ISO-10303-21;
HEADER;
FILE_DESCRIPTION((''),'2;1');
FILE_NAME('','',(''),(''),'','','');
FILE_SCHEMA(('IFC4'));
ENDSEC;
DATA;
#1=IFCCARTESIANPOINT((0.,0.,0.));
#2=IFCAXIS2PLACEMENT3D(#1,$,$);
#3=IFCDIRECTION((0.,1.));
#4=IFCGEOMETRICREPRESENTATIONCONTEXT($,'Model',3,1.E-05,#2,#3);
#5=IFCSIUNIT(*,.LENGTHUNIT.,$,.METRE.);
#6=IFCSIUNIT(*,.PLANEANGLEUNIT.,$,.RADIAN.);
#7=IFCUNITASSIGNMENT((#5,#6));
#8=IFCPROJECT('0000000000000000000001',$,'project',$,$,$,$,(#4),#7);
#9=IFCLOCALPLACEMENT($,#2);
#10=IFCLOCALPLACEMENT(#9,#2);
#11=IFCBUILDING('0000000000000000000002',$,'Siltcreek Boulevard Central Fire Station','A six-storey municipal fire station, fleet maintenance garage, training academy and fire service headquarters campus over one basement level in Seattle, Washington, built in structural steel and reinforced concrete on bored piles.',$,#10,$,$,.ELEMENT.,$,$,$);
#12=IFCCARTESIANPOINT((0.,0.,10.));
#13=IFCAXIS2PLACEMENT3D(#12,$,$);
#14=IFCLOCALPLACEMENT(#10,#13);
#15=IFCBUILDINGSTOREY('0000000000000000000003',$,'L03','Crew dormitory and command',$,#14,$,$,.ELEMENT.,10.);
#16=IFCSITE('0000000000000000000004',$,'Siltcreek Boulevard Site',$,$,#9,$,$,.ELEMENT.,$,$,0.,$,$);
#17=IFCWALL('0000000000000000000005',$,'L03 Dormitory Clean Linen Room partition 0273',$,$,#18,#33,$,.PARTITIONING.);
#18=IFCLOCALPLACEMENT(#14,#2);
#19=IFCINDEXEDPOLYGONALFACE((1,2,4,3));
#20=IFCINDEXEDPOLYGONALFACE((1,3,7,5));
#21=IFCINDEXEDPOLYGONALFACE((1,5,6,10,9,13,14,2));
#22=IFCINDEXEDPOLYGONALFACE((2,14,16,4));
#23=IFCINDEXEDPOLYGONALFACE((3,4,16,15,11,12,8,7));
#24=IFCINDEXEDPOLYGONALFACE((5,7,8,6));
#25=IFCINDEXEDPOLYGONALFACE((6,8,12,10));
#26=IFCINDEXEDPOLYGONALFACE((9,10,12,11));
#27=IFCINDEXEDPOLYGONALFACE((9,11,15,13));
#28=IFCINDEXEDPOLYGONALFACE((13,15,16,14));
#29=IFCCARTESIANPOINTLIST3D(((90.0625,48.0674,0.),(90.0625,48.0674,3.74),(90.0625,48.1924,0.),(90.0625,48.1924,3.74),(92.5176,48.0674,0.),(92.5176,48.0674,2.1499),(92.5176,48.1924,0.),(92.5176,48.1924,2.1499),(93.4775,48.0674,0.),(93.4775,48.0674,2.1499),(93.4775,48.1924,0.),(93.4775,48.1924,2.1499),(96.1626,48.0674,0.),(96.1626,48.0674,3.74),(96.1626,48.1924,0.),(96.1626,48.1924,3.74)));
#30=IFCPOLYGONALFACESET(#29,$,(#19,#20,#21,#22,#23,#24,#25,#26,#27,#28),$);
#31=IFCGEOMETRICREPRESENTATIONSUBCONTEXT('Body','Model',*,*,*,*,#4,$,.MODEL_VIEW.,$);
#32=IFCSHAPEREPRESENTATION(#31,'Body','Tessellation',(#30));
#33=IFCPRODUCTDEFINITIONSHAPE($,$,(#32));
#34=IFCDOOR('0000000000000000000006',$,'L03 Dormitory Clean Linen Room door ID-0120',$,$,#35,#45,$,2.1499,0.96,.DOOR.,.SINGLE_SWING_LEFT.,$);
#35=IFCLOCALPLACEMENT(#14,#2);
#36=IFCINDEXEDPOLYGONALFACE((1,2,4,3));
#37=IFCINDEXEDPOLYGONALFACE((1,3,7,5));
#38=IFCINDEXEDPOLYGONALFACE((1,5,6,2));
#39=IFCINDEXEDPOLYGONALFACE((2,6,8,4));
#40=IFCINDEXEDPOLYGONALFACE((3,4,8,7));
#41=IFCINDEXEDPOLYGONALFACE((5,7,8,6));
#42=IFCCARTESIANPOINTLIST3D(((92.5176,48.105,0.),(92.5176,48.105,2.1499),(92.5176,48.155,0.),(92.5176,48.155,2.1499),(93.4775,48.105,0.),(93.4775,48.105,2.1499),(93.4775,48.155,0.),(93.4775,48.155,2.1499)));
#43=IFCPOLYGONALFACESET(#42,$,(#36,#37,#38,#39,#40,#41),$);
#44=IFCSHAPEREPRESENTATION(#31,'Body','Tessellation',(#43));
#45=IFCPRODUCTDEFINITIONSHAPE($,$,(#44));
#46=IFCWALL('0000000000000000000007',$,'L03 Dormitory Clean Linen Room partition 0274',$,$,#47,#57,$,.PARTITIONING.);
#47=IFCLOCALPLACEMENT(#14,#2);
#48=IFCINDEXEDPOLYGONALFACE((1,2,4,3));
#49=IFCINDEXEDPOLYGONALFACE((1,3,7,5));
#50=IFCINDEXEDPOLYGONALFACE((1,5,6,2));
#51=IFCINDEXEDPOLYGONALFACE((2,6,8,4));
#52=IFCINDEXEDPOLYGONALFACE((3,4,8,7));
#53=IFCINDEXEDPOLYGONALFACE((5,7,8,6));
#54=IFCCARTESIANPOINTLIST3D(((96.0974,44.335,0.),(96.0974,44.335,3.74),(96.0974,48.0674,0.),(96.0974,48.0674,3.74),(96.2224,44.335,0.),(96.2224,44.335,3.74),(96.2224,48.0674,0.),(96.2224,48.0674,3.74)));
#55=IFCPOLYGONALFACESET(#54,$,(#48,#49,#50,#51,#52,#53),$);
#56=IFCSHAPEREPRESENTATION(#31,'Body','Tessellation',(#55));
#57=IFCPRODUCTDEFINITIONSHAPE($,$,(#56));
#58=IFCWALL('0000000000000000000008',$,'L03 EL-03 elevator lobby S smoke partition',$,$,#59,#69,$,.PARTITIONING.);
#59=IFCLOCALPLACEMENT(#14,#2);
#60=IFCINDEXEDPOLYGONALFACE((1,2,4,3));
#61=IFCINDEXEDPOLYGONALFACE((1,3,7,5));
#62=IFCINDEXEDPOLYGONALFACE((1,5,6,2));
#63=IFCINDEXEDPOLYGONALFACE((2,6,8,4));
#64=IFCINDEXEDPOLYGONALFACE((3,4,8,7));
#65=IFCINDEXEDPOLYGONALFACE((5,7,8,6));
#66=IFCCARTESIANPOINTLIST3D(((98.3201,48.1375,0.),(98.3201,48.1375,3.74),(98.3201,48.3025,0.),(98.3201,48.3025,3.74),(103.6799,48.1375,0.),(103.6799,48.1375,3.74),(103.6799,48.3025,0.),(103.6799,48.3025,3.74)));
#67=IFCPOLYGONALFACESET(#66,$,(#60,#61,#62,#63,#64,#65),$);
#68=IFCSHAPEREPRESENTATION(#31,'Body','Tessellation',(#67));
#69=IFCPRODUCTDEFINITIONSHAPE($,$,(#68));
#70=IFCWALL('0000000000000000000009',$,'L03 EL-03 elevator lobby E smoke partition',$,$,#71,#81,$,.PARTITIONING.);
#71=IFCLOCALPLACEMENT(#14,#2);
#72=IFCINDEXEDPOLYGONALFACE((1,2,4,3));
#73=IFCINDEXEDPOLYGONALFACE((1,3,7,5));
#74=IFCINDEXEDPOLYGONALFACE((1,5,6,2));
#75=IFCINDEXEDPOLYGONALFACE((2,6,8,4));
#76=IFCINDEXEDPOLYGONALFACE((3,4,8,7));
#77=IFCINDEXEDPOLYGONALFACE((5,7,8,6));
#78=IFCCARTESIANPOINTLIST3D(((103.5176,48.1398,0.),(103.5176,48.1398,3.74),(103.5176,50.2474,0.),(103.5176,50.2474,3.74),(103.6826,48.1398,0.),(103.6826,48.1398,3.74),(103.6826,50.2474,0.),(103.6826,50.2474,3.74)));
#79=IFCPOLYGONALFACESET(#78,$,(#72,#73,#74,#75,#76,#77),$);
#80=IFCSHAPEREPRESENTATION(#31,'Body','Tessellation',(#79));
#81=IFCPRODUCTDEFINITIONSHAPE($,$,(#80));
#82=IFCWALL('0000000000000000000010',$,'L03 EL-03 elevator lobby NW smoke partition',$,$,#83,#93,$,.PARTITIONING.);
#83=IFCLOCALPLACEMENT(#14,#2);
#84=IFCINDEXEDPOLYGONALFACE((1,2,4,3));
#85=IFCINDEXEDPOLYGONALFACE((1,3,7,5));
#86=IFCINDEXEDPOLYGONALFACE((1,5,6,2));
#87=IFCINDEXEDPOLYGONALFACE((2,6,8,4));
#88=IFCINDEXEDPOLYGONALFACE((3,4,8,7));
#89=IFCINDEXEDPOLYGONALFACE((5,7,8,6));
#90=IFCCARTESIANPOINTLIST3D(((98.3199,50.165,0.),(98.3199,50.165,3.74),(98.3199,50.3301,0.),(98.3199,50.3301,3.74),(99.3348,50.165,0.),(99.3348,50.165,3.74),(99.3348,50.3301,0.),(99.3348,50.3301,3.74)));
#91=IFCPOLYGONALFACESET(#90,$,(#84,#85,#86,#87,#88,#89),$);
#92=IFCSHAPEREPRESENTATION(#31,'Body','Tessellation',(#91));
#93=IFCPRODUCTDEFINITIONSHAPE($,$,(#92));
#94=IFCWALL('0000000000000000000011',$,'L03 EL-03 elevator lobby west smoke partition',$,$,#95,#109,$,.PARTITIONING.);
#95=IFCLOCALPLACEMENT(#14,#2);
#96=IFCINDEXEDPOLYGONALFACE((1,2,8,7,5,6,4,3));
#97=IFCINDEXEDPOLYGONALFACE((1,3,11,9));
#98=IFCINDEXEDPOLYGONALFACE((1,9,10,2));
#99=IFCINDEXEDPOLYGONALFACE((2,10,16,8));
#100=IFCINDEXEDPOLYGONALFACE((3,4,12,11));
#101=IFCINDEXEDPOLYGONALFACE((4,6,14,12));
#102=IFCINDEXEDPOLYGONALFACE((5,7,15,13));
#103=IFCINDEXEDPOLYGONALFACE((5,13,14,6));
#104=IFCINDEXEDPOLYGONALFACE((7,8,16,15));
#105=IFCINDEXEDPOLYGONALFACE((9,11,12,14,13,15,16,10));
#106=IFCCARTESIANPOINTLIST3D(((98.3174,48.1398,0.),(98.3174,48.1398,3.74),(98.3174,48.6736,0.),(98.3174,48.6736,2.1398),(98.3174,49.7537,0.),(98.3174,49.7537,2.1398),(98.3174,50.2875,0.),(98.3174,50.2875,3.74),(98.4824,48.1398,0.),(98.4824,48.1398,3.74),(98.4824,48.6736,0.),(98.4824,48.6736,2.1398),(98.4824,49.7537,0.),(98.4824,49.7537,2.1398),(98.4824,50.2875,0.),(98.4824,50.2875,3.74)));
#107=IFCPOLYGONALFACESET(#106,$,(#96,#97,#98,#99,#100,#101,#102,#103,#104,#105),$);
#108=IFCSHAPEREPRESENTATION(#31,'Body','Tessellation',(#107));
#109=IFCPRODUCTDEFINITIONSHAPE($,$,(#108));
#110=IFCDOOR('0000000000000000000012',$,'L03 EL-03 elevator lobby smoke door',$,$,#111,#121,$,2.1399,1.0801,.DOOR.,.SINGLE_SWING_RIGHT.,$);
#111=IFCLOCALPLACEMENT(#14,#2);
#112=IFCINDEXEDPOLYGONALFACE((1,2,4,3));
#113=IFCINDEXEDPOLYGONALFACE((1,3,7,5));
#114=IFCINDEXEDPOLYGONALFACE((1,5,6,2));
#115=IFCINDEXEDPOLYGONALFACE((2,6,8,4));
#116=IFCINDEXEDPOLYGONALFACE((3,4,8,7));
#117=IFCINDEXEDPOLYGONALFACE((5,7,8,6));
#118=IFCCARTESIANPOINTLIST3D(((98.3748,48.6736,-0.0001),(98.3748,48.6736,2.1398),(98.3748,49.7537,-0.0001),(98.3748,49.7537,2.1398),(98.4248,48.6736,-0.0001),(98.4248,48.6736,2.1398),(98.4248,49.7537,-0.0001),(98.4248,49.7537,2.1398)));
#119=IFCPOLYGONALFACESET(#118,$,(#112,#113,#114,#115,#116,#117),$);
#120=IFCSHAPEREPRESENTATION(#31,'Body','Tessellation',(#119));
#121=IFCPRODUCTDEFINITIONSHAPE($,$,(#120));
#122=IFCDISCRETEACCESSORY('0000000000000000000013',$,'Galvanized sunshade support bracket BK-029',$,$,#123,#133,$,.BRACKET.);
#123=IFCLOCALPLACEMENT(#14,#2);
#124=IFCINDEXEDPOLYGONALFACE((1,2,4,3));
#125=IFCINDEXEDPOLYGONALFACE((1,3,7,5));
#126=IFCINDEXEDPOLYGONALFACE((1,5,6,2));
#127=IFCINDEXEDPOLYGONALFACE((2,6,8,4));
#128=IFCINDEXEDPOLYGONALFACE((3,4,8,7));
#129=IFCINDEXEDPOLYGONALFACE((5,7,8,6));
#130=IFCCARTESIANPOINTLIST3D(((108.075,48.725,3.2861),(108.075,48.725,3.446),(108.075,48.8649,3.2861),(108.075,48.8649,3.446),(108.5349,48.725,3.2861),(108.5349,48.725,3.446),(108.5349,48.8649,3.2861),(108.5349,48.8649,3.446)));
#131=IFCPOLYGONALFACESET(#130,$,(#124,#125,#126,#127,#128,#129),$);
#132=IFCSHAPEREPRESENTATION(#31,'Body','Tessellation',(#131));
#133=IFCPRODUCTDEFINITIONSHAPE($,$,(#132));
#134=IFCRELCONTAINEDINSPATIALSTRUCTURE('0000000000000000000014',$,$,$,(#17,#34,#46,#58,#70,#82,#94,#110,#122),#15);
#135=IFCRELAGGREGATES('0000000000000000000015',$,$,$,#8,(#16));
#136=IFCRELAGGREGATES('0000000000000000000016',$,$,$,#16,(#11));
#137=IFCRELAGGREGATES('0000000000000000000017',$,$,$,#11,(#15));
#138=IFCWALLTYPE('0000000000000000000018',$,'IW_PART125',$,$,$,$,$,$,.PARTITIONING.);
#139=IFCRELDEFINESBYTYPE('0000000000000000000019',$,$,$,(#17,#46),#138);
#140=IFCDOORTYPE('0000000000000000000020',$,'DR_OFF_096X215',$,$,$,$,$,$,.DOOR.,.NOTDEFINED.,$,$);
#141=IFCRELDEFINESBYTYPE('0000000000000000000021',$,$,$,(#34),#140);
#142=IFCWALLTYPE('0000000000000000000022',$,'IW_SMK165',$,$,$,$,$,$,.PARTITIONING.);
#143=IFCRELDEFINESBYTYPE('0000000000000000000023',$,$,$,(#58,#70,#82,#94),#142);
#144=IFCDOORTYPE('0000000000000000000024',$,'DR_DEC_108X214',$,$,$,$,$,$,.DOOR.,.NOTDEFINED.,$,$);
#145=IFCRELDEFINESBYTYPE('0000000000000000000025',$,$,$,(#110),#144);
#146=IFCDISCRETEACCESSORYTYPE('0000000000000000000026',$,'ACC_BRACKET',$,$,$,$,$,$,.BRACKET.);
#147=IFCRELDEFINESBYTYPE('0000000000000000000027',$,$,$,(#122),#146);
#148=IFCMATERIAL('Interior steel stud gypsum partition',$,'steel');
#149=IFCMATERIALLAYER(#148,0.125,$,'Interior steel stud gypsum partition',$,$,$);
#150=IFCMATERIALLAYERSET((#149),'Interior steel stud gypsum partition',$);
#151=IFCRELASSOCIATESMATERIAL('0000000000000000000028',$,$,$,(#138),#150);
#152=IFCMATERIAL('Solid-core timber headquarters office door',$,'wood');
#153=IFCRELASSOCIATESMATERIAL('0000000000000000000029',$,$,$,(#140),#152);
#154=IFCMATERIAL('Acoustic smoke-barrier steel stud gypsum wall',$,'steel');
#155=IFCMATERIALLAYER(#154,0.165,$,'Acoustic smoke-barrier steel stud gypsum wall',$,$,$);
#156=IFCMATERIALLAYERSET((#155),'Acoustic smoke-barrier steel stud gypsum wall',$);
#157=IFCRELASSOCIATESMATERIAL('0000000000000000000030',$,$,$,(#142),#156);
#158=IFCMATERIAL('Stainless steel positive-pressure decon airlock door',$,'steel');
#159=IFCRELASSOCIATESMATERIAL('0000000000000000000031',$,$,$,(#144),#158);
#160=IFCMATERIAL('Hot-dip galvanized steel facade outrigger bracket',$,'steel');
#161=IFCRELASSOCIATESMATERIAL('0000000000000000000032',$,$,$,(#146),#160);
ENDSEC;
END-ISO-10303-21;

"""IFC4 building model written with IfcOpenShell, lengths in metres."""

from ifc_helpers import new_model, si_unit, direction, frame, frame_2d, origin, origin_2d, place, context, subcontext, project, spatial, rectangle, extrude, material, layer, layer_set, type_object, element, fill, save


model = new_model("IFC4")

# Units and contexts
model_context = context("Model", 3, precision=1e-05, world=origin(), true_north=direction((0.0, 1.0)))
body_context = subcontext(model_context, "Body", "Model", "MODEL_VIEW")
ifc_project = project(units=[si_unit("LENGTHUNIT", "METRE"), si_unit("PLANEANGLEUNIT", "RADIAN")], contexts=[model_context])

# Site, building, storey
site_placement = place(None, origin())
site = spatial("IfcSite", under=ifc_project, at=site_placement, Name="Siltcreek Boulevard Site", CompositionType="ELEMENT", RefElevation=0.0)
building_placement = place(site_placement, origin())
building = spatial("IfcBuilding", under=site, at=building_placement, Name="Siltcreek Boulevard Central Fire Station", Description="A six-storey municipal fire station, fleet maintenance garage, training academy and fire service headquarters campus over one basement level in Seattle, Washington, built in structural steel and reinforced concrete on bored piles.", CompositionType="ELEMENT")
storey_placement = place(building_placement, frame((0.0, 0.0, 10.0)))
storey = spatial("IfcBuildingStorey", under=building, at=storey_placement, Name="L03", Description="Crew dormitory and command", CompositionType="ELEMENT", Elevation=10.0)

# Wall, opening, door
ifc_material_1 = material(Name="Interior steel stud gypsum partition", Category="steel")
ifc_layer_1 = layer(ifc_material_1, 0.125, Name="Interior steel stud gypsum partition")
ifc_layer_set_1 = layer_set([ifc_layer_1], Name="Interior steel stud gypsum partition")
wall_type_1 = type_object("IfcWallType", Name="IW_PART125", PredefinedType="PARTITIONING", material=ifc_layer_set_1)
wall_1_placement = place(storey_placement, frame((90.0625, 48.1299, 0.0), z_axis=(0.0, 0.0, 1.0), x_axis=(1.0, 0.0, 0.0)))
wall_1 = element("IfcWall", 1, at=wall_1_placement, inside=storey, type_object=wall_type_1, Name="L03 Dormitory Clean Linen Room partition 0273", PredefinedType="PARTITIONING", context=body_context, shape_type="SweptSolid", body=[
    extrude(rectangle(XDim=6.1001, YDim=0.125, at=frame_2d((3.05, 0.0))), origin(), (0.0, 0.0, 1.0), 3.74),
])
opening_1_placement = place(wall_1_placement, frame((2.4551, 0.0, 0.0)))
opening_1 = element("IfcOpeningElement", 2, at=opening_1_placement, cuts=wall_1, PredefinedType="OPENING", context=body_context, shape_type="SweptSolid", body=[
    extrude(rectangle(XDim=0.96, YDim=2.1499, at=frame_2d((0.48, 1.075))), frame((0.0, 0.0725, 0.0), z_axis=(0.0, -1.0, 0.0), x_axis=(1.0, 0.0, 0.0)), (0.0, 0.0, 1.0), 0.145),
])
ifc_material_2 = material(Name="Solid-core timber headquarters office door", Category="wood")
door_type_1 = type_object("IfcDoorType", Name="DR_OFF_096X215", OperationType="NOTDEFINED", PredefinedType="DOOR", material=ifc_material_2)
door_1_placement = place(opening_1_placement, frame((0.96, 0.0, 0.0), z_axis=(0.0, 0.0, 1.0), x_axis=(-1.0, 0.0, 0.0)))
door_1 = element("IfcDoor", 3, at=door_1_placement, inside=storey, type_object=door_type_1, Name="L03 Dormitory Clean Linen Room door ID-0120", OperationType="SINGLE_SWING_LEFT", OverallHeight=2.1499, OverallWidth=0.96, PredefinedType="DOOR", context=body_context, shape_type="SweptSolid", body=[
    extrude(rectangle(XDim=0.96, YDim=2.1499, at=frame_2d((0.48, 1.075))), frame((0.0, 0.0249, 0.0), z_axis=(0.0, -1.0, 0.0), x_axis=(1.0, 0.0, 0.0)), (0.0, 0.0, 1.0), 0.05),
])
fill(opening_1, door_1)

# Walls
wall_2_placement = place(storey_placement, frame((96.1599, 48.0674, 0.0), z_axis=(0.0, 0.0, 1.0), x_axis=(0.0, -1.0, 0.0)))
element("IfcWall", 4, at=wall_2_placement, inside=storey, type_object=wall_type_1, Name="L03 Dormitory Clean Linen Room partition 0274", PredefinedType="PARTITIONING", context=body_context, shape_type="SweptSolid", body=[
    extrude(rectangle(XDim=3.7324, YDim=0.125, at=frame_2d((1.8662, 0.0))), origin(), (0.0, 0.0, 1.0), 3.74),
])
ifc_material_3 = material(Name="Acoustic smoke-barrier steel stud gypsum wall", Category="steel")
ifc_layer_2 = layer(ifc_material_3, 0.165, Name="Acoustic smoke-barrier steel stud gypsum wall")
ifc_layer_set_2 = layer_set([ifc_layer_2], Name="Acoustic smoke-barrier steel stud gypsum wall")
wall_type_2 = type_object("IfcWallType", Name="IW_SMK165", PredefinedType="PARTITIONING", material=ifc_layer_set_2)
wall_3_placement = place(storey_placement, frame((98.3201, 48.22, 0.0), z_axis=(0.0, 0.0, 1.0), x_axis=(1.0, 0.0, 0.0)))
element("IfcWall", 5, at=wall_3_placement, inside=storey, type_object=wall_type_2, Name="L03 EL-03 elevator lobby S smoke partition", PredefinedType="PARTITIONING", context=body_context, shape_type="SweptSolid", body=[
    extrude(rectangle(XDim=5.3599, YDim=0.165, at=frame_2d((2.6799, 0.0))), origin(), (0.0, 0.0, 1.0), 3.74),
])
wall_4_placement = place(storey_placement, frame((103.6001, 48.1399, 0.0), z_axis=(0.0, 0.0, 1.0), x_axis=(0.0, 1.0, 0.0)))
element("IfcWall", 6, at=wall_4_placement, inside=storey, type_object=wall_type_2, Name="L03 EL-03 elevator lobby E smoke partition", PredefinedType="PARTITIONING", context=body_context, shape_type="SweptSolid", body=[
    extrude(rectangle(XDim=2.1077, YDim=0.165, at=frame_2d((1.0537, 0.0))), origin(), (0.0, 0.0, 1.0), 3.74),
])
wall_5_placement = place(storey_placement, frame((98.3201, 50.2476, 0.0), z_axis=(0.0, 0.0, 1.0), x_axis=(1.0, 0.0, 0.0)))
element("IfcWall", 7, at=wall_5_placement, inside=storey, type_object=wall_type_2, Name="L03 EL-03 elevator lobby NW smoke partition", PredefinedType="PARTITIONING", context=body_context, shape_type="SweptSolid", body=[
    extrude(rectangle(XDim=1.0149, YDim=0.165, at=frame_2d((0.5073, 0.0))), origin(), (0.0, 0.0, 1.0), 3.74),
])

# Wall, opening, door
wall_6_placement = place(storey_placement, frame((98.3999, 48.1399, 0.0), z_axis=(0.0, 0.0, 1.0), x_axis=(0.0, 1.0, 0.0)))
wall_6 = element("IfcWall", 8, at=wall_6_placement, inside=storey, type_object=wall_type_2, Name="L03 EL-03 elevator lobby west smoke partition", PredefinedType="PARTITIONING", context=body_context, shape_type="SweptSolid", body=[
    extrude(rectangle(XDim=2.1477, YDim=0.165, at=frame_2d((1.0737, 0.0))), origin(), (0.0, 0.0, 1.0), 3.74),
])
opening_2_placement = place(wall_6_placement, frame((0.5337, 0.0, 0.0)))
opening_2 = element("IfcOpeningElement", 9, at=opening_2_placement, cuts=wall_6, PredefinedType="OPENING", context=body_context, shape_type="SweptSolid", body=[
    extrude(rectangle(XDim=1.0801, YDim=2.1399, at=frame_2d((0.54, 1.0698))), frame((0.0, 0.0925, 0.0), z_axis=(0.0, -1.0, 0.0), x_axis=(1.0, 0.0, 0.0)), (0.0, 0.0, 1.0), 0.1851),
])
ifc_material_4 = material(Name="Stainless steel positive-pressure decon airlock door", Category="steel")
door_type_2 = type_object("IfcDoorType", Name="DR_DEC_108X214", OperationType="NOTDEFINED", PredefinedType="DOOR", material=ifc_material_4)
door_2_placement = place(opening_2_placement, frame((1.0801, 0.0, 0.0), z_axis=(0.0, 0.0, 1.0), x_axis=(-1.0, 0.0, 0.0)))
door_2 = element("IfcDoor", 10, at=door_2_placement, inside=storey, type_object=door_type_2, Name="L03 EL-03 elevator lobby smoke door", OperationType="SINGLE_SWING_RIGHT", OverallHeight=2.1399, OverallWidth=1.0801, PredefinedType="DOOR", context=body_context, shape_type="SweptSolid", body=[
    extrude(rectangle(XDim=1.0801, YDim=2.1399, at=frame_2d((0.54, 1.0698))), frame((0.0, 0.0249, 0.0), z_axis=(0.0, -1.0, 0.0), x_axis=(1.0, 0.0, 0.0)), (0.0, 0.0, 1.0), 0.05),
])
fill(opening_2, door_2)

# Discrete accessory
ifc_material_5 = material(Name="Hot-dip galvanized steel facade outrigger bracket", Category="steel")
discrete_accessory_type = type_object("IfcDiscreteAccessoryType", Name="ACC_BRACKET", PredefinedType="BRACKET", material=ifc_material_5)
discrete_accessory_placement = place(storey_placement, frame((108.3049, 48.7949, 3.2861), z_axis=(0.0, 0.0, 1.0), x_axis=(0.0, 1.0, 0.0)))
element("IfcDiscreteAccessory", 11, at=discrete_accessory_placement, inside=storey, type_object=discrete_accessory_type, Name="Galvanized sunshade support bracket BK-029", PredefinedType="BRACKET", context=body_context, shape_type="SweptSolid", body=[
    extrude(rectangle(XDim=0.1399, YDim=0.46, at=origin_2d()), origin(), (0.0, 0.0, 1.0), 0.1599),
])

save(model, "model.ifc")
